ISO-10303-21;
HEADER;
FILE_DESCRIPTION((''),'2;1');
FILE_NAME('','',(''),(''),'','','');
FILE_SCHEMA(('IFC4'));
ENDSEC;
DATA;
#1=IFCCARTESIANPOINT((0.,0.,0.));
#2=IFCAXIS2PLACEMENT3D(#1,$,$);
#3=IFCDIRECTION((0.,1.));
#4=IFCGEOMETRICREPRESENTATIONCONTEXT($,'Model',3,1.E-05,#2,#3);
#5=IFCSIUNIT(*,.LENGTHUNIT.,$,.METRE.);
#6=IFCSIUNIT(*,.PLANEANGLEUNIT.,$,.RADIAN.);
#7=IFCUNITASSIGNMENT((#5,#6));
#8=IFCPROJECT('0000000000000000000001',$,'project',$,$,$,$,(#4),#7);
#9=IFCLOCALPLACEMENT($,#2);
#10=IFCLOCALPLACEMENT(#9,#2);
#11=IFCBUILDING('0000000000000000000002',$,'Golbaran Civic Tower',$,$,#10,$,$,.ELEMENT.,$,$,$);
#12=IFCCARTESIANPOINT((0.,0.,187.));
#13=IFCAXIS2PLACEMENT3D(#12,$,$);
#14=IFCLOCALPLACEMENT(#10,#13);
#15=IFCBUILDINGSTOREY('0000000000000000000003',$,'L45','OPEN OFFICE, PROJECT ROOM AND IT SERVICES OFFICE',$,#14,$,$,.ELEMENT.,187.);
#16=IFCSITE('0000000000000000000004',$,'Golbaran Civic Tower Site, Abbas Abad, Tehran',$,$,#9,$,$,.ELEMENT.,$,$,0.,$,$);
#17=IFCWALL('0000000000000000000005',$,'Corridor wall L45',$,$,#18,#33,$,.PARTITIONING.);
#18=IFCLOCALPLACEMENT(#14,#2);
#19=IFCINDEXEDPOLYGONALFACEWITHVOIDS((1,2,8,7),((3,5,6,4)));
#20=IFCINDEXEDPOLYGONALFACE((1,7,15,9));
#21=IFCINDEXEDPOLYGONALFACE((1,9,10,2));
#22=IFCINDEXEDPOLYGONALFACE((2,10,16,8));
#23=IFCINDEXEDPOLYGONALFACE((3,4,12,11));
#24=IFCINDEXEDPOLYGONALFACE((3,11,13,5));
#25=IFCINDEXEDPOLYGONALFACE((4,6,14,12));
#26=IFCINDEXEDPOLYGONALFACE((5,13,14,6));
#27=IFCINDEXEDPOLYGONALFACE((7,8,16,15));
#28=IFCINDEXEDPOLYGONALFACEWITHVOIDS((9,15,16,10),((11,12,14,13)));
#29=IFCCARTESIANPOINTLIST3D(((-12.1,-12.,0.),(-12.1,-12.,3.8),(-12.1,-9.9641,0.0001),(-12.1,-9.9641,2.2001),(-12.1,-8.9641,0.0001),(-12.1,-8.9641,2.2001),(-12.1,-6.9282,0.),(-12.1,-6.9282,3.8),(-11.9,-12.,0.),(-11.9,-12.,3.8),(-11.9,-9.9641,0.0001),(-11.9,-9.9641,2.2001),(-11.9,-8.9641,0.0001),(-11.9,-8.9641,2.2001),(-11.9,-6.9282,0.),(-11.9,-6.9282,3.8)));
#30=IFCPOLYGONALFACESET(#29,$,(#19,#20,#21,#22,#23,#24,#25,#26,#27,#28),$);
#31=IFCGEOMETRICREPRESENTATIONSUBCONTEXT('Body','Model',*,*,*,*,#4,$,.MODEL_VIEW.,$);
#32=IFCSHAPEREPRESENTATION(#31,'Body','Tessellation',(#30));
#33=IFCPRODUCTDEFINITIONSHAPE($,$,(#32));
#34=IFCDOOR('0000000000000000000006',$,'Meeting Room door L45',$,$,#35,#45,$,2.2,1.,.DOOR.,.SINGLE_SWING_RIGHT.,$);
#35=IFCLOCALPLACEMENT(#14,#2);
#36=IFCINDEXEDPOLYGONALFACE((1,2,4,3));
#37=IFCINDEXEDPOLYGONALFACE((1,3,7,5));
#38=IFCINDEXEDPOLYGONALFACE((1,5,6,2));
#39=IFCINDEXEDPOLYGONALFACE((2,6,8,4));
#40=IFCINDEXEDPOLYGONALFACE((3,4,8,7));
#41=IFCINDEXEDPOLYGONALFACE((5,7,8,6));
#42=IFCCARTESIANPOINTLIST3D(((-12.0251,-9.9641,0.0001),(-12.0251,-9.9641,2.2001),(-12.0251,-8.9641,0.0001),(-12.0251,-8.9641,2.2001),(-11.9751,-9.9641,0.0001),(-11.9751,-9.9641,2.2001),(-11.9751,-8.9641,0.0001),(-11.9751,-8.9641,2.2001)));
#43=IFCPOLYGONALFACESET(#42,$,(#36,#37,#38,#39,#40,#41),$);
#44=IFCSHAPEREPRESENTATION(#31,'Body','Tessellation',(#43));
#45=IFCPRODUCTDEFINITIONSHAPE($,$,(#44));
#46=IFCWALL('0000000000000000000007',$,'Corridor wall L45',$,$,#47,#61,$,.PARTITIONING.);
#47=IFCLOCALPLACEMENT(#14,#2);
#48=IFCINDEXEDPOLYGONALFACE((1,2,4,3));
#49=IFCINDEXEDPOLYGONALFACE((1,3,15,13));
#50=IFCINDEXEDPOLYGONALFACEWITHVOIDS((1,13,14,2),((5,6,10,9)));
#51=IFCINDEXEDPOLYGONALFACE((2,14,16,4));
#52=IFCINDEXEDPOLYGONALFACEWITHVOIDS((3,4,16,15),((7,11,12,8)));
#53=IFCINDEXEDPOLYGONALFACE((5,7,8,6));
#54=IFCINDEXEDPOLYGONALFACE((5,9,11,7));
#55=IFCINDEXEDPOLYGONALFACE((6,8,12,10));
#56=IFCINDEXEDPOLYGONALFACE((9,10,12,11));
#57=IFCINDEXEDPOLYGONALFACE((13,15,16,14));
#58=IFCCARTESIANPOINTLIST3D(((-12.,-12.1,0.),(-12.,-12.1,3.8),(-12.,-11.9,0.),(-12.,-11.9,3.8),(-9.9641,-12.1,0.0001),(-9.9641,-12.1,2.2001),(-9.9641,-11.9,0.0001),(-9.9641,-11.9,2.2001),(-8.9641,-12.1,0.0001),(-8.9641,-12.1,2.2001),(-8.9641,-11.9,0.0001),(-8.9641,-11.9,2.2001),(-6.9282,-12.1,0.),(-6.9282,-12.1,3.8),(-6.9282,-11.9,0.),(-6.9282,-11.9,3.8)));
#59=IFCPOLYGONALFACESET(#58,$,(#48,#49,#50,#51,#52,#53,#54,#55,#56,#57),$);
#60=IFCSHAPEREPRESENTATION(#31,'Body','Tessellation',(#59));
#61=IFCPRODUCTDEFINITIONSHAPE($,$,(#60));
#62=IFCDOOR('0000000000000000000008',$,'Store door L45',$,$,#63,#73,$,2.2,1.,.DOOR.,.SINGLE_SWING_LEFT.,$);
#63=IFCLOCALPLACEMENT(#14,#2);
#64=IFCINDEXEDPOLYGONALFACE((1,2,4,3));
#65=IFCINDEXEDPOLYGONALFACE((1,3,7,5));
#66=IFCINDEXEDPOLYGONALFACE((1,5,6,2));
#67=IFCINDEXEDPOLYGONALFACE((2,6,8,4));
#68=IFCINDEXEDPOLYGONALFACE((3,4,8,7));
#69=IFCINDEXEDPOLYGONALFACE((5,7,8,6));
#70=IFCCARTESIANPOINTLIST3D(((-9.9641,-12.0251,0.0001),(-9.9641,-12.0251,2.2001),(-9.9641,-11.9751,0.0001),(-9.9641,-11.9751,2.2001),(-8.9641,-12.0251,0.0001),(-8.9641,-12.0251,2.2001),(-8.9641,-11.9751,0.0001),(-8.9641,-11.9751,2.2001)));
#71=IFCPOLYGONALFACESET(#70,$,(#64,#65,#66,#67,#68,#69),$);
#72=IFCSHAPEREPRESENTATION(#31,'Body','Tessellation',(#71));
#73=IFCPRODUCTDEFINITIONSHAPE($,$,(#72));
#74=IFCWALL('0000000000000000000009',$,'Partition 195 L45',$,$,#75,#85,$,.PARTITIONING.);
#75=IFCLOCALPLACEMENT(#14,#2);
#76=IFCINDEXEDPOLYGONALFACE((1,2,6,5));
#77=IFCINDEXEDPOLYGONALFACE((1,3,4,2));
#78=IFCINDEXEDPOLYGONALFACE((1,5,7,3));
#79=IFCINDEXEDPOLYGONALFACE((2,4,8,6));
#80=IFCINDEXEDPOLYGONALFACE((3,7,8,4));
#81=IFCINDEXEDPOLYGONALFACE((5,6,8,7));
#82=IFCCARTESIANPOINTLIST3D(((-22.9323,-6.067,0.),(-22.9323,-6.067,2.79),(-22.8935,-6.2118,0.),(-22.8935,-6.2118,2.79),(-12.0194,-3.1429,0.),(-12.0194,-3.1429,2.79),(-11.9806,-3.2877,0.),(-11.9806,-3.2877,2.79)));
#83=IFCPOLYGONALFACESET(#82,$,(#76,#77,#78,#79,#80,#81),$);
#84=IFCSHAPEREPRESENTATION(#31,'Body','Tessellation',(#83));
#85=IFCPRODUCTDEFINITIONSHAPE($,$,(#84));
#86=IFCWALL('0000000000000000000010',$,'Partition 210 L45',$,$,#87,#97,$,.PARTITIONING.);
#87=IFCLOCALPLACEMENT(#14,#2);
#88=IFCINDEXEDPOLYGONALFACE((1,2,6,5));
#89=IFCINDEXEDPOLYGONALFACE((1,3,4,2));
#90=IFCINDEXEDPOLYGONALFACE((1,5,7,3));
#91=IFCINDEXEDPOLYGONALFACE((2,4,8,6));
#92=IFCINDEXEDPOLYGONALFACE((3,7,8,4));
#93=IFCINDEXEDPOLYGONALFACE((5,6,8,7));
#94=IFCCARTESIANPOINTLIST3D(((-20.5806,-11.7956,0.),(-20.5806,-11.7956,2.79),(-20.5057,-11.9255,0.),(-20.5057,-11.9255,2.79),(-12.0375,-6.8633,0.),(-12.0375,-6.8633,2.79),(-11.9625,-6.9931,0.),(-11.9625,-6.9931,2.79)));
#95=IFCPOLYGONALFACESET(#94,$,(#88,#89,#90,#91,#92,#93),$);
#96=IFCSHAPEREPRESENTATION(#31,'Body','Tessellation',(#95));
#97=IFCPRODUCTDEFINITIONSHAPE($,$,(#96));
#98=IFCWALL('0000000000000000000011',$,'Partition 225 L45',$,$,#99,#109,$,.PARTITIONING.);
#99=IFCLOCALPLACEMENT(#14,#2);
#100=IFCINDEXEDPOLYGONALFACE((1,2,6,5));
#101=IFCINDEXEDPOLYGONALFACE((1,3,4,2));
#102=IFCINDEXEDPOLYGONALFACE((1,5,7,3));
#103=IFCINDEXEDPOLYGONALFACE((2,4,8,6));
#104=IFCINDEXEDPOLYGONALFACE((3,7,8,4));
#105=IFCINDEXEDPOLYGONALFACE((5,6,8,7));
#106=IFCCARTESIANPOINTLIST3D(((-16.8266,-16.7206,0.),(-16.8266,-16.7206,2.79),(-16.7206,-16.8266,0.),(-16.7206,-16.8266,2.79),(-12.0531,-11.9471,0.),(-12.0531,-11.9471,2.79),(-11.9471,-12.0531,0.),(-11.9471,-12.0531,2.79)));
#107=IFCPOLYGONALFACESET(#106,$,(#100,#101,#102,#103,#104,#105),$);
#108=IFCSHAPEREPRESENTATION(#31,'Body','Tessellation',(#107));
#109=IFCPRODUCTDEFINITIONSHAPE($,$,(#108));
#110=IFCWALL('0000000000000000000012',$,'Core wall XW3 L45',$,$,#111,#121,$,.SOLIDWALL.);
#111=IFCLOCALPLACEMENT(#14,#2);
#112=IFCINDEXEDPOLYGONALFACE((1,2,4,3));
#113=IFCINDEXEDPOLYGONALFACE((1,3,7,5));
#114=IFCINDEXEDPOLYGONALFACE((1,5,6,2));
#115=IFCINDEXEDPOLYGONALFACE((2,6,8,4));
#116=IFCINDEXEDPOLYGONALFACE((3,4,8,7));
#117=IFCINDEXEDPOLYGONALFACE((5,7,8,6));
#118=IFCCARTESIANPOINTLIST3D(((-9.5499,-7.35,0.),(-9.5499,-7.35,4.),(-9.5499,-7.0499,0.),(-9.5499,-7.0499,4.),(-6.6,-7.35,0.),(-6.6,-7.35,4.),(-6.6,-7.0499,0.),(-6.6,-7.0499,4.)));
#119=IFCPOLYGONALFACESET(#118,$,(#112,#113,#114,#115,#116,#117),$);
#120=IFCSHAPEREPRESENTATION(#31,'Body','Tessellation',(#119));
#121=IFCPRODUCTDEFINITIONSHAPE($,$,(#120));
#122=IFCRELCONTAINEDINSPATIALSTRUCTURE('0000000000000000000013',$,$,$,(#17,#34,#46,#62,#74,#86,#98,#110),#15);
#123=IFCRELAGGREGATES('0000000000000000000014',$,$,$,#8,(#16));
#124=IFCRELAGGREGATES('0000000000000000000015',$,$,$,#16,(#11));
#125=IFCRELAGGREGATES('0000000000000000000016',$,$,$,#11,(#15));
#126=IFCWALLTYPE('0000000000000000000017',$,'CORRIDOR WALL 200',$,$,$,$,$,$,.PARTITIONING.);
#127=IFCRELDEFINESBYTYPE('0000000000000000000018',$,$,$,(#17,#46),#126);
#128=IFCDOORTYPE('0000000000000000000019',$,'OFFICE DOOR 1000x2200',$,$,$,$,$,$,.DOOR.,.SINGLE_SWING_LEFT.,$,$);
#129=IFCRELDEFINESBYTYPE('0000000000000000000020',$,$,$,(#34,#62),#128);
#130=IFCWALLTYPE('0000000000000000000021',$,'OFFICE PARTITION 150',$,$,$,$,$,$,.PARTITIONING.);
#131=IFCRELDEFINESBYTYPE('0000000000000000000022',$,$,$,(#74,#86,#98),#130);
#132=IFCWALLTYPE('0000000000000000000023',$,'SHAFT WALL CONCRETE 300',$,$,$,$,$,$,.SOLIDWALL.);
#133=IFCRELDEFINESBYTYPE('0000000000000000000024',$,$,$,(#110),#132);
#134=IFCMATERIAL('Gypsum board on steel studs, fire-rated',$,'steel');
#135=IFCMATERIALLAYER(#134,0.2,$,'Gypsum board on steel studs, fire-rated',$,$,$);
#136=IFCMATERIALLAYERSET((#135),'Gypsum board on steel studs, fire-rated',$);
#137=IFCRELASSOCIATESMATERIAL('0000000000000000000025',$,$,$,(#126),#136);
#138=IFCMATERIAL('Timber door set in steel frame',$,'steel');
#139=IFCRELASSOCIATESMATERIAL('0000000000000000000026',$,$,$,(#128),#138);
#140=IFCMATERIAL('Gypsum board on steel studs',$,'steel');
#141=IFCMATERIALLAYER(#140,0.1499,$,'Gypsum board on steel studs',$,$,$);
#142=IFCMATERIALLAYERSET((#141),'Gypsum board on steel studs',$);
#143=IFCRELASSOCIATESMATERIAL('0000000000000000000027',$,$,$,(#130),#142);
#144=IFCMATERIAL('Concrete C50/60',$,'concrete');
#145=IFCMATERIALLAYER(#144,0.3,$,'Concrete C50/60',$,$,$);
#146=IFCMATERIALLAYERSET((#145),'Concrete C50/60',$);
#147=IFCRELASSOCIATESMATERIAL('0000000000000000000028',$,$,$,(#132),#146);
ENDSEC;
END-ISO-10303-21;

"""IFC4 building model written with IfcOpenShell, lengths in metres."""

from ifc_helpers import new_model, si_unit, direction, frame, frame_2d, origin, place, context, subcontext, project, spatial, rectangle, extrude, material, layer, layer_set, type_object, element, fill, save


model = new_model("IFC4")

# Units and contexts
model_context = context("Model", 3, precision=1e-05, world=origin(), true_north=direction((0.0, 1.0)))
body_context = subcontext(model_context, "Body", "Model", "MODEL_VIEW")
ifc_project = project(units=[si_unit("LENGTHUNIT", "METRE"), si_unit("PLANEANGLEUNIT", "RADIAN")], contexts=[model_context])

# Site, building, storey
site_placement = place(None, origin())
site = spatial("IfcSite", under=ifc_project, at=site_placement, Name="Golbaran Civic Tower Site, Abbas Abad, Tehran", CompositionType="ELEMENT", RefElevation=0.0)
building_placement = place(site_placement, origin())
building = spatial("IfcBuilding", under=site, at=building_placement, Name="Golbaran Civic Tower", CompositionType="ELEMENT")
storey_placement = place(building_placement, frame((0.0, 0.0, 187.0)))
storey = spatial("IfcBuildingStorey", under=building, at=storey_placement, Name="L45", Description="OPEN OFFICE, PROJECT ROOM AND IT SERVICES OFFICE", CompositionType="ELEMENT", Elevation=187.0)

# Walls, openings, doors
ifc_material_1 = material(Name="Gypsum board on steel studs, fire-rated", Category="steel")
ifc_layer_1 = layer(ifc_material_1, 0.2, Name="Gypsum board on steel studs, fire-rated")
ifc_layer_set_1 = layer_set([ifc_layer_1], Name="Gypsum board on steel studs, fire-rated")
wall_type_1 = type_object("IfcWallType", Name="CORRIDOR WALL 200", PredefinedType="PARTITIONING", material=ifc_layer_set_1)
ifc_material_2 = material(Name="Timber door set in steel frame", Category="steel")
door_type = type_object("IfcDoorType", Name="OFFICE DOOR 1000x2200", OperationType="SINGLE_SWING_LEFT", PredefinedType="DOOR", material=ifc_material_2)
wall_1_placement = place(storey_placement, frame((-12.0, -6.9282, 0.0), z_axis=(0.0, 0.0, 1.0), x_axis=(0.0, -1.0, 0.0)))
wall_1 = element("IfcWall", 1, at=wall_1_placement, inside=storey, type_object=wall_type_1, Name="Corridor wall L45", PredefinedType="PARTITIONING", context=body_context, shape_type="SweptSolid", body=[
    extrude(rectangle(XDim=5.0718, YDim=0.2, at=frame_2d((2.5359, 0.0))), origin(), (0.0, 0.0, 1.0), 3.8),
])
opening_1_placement = place(wall_1_placement, frame((2.0359, 0.0, 0.0)))
opening_1 = element("IfcOpeningElement", 2, at=opening_1_placement, cuts=wall_1, PredefinedType="OPENING", context=body_context, shape_type="SweptSolid", body=[
    extrude(rectangle(XDim=1.0, YDim=2.2, at=frame_2d((0.5, 1.1001))), frame((0.0, 0.1099, 0.0), z_axis=(0.0, -1.0, 0.0), x_axis=(1.0, 0.0, 0.0)), (0.0, 0.0, 1.0), 0.22),
])
door_1_placement = place(opening_1_placement, origin())
door_1 = element("IfcDoor", 3, at=door_1_placement, inside=storey, type_object=door_type, Name="Meeting Room door L45", OperationType="SINGLE_SWING_RIGHT", OverallHeight=2.2, OverallWidth=1.0, PredefinedType="DOOR", context=body_context, shape_type="SweptSolid", body=[
    extrude(rectangle(XDim=1.0, YDim=2.2, at=frame_2d((0.5, 1.1001))), frame((0.0, 0.0249, 0.0), z_axis=(0.0, -1.0, 0.0), x_axis=(1.0, 0.0, 0.0)), (0.0, 0.0, 1.0), 0.05),
])
fill(opening_1, door_1)
wall_2_placement = place(storey_placement, frame((-12.0, -12.0, 0.0), z_axis=(0.0, 0.0, 1.0), x_axis=(1.0, 0.0, 0.0)))
wall_2 = element("IfcWall", 4, at=wall_2_placement, inside=storey, type_object=wall_type_1, Name="Corridor wall L45", PredefinedType="PARTITIONING", context=body_context, shape_type="SweptSolid", body=[
    extrude(rectangle(XDim=5.0718, YDim=0.2, at=frame_2d((2.5359, 0.0))), origin(), (0.0, 0.0, 1.0), 3.8),
])
opening_2_placement = place(wall_2_placement, frame((2.0359, 0.0, 0.0)))
opening_2 = element("IfcOpeningElement", 5, at=opening_2_placement, cuts=wall_2, PredefinedType="OPENING", context=body_context, shape_type="SweptSolid", body=[
    extrude(rectangle(XDim=1.0, YDim=2.2, at=frame_2d((0.5, 1.1001))), frame((0.0, 0.1099, 0.0), z_axis=(0.0, -1.0, 0.0), x_axis=(1.0, 0.0, 0.0)), (0.0, 0.0, 1.0), 0.22),
])
door_2_placement = place(opening_2_placement, origin())
door_2 = element("IfcDoor", 6, at=door_2_placement, inside=storey, type_object=door_type, Name="Store door L45", OperationType="SINGLE_SWING_LEFT", OverallHeight=2.2, OverallWidth=1.0, PredefinedType="DOOR", context=body_context, shape_type="SweptSolid", body=[
    extrude(rectangle(XDim=1.0, YDim=2.2, at=frame_2d((0.5, 1.1001))), frame((0.0, 0.0249, 0.0), z_axis=(0.0, -1.0, 0.0), x_axis=(1.0, 0.0, 0.0)), (0.0, 0.0, 1.0), 0.05),
])
fill(opening_2, door_2)

# Walls
ifc_material_3 = material(Name="Gypsum board on steel studs", Category="steel")
ifc_layer_2 = layer(ifc_material_3, 0.1499, Name="Gypsum board on steel studs")
ifc_layer_set_2 = layer_set([ifc_layer_2], Name="Gypsum board on steel studs")
wall_type_2 = type_object("IfcWallType", Name="OFFICE PARTITION 150", PredefinedType="PARTITIONING", material=ifc_layer_set_2)
wall_3_placement = place(storey_placement, frame((-12.0, -3.2153, 0.0), z_axis=(0.0, 0.0, 1.0), x_axis=(-0.965926, -0.258818, 0.0)))
element("IfcWall", 7, at=wall_3_placement, inside=storey, type_object=wall_type_2, Name="Partition 195 L45", PredefinedType="PARTITIONING", context=body_context, shape_type="SweptSolid", body=[
    extrude(rectangle(XDim=11.2979, YDim=0.1499, at=frame_2d((5.6489, 0.0))), origin(), (0.0, 0.0, 1.0), 2.79),
])
wall_4_placement = place(storey_placement, frame((-12.0, -6.9282, 0.0), z_axis=(0.0, 0.0, 1.0), x_axis=(-0.866028, -0.499996, 0.0)))
element("IfcWall", 8, at=wall_4_placement, inside=storey, type_object=wall_type_2, Name="Partition 210 L45", PredefinedType="PARTITIONING", context=body_context, shape_type="SweptSolid", body=[
    extrude(rectangle(XDim=9.8647, YDim=0.1499, at=frame_2d((4.9324, 0.0))), origin(), (0.0, 0.0, 1.0), 2.79),
])
wall_5_placement = place(storey_placement, frame((-12.0, -12.0, 0.0), z_axis=(0.0, 0.0, 1.0), x_axis=(-0.707107, -0.707107, 0.0)))
element("IfcWall", 9, at=wall_5_placement, inside=storey, type_object=wall_type_2, Name="Partition 225 L45", PredefinedType="PARTITIONING", context=body_context, shape_type="SweptSolid", body=[
    extrude(rectangle(XDim=6.7507, YDim=0.1499, at=frame_2d((3.3755, 0.0))), origin(), (0.0, 0.0, 1.0), 2.79),
])
ifc_material_4 = material(Name="Concrete C50/60", Category="concrete")
ifc_layer_3 = layer(ifc_material_4, 0.3, Name="Concrete C50/60")
ifc_layer_set_3 = layer_set([ifc_layer_3], Name="Concrete C50/60")
wall_type_3 = type_object("IfcWallType", Name="SHAFT WALL CONCRETE 300", PredefinedType="SOLIDWALL", material=ifc_layer_set_3)
wall_6_placement = place(storey_placement, frame((-9.55, -7.2, 0.0), z_axis=(0.0, 0.0, 1.0), x_axis=(1.0, 0.0, 0.0)))
element("IfcWall", 10, at=wall_6_placement, inside=storey, type_object=wall_type_3, Name="Core wall XW3 L45", PredefinedType="SOLIDWALL", context=body_context, shape_type="SweptSolid", body=[
    extrude(rectangle(XDim=2.95, YDim=0.3, at=frame_2d((1.4751, 0.0))), origin(), (0.0, 0.0, 1.0), 4.0),
])

save(model, "model.ifc")
